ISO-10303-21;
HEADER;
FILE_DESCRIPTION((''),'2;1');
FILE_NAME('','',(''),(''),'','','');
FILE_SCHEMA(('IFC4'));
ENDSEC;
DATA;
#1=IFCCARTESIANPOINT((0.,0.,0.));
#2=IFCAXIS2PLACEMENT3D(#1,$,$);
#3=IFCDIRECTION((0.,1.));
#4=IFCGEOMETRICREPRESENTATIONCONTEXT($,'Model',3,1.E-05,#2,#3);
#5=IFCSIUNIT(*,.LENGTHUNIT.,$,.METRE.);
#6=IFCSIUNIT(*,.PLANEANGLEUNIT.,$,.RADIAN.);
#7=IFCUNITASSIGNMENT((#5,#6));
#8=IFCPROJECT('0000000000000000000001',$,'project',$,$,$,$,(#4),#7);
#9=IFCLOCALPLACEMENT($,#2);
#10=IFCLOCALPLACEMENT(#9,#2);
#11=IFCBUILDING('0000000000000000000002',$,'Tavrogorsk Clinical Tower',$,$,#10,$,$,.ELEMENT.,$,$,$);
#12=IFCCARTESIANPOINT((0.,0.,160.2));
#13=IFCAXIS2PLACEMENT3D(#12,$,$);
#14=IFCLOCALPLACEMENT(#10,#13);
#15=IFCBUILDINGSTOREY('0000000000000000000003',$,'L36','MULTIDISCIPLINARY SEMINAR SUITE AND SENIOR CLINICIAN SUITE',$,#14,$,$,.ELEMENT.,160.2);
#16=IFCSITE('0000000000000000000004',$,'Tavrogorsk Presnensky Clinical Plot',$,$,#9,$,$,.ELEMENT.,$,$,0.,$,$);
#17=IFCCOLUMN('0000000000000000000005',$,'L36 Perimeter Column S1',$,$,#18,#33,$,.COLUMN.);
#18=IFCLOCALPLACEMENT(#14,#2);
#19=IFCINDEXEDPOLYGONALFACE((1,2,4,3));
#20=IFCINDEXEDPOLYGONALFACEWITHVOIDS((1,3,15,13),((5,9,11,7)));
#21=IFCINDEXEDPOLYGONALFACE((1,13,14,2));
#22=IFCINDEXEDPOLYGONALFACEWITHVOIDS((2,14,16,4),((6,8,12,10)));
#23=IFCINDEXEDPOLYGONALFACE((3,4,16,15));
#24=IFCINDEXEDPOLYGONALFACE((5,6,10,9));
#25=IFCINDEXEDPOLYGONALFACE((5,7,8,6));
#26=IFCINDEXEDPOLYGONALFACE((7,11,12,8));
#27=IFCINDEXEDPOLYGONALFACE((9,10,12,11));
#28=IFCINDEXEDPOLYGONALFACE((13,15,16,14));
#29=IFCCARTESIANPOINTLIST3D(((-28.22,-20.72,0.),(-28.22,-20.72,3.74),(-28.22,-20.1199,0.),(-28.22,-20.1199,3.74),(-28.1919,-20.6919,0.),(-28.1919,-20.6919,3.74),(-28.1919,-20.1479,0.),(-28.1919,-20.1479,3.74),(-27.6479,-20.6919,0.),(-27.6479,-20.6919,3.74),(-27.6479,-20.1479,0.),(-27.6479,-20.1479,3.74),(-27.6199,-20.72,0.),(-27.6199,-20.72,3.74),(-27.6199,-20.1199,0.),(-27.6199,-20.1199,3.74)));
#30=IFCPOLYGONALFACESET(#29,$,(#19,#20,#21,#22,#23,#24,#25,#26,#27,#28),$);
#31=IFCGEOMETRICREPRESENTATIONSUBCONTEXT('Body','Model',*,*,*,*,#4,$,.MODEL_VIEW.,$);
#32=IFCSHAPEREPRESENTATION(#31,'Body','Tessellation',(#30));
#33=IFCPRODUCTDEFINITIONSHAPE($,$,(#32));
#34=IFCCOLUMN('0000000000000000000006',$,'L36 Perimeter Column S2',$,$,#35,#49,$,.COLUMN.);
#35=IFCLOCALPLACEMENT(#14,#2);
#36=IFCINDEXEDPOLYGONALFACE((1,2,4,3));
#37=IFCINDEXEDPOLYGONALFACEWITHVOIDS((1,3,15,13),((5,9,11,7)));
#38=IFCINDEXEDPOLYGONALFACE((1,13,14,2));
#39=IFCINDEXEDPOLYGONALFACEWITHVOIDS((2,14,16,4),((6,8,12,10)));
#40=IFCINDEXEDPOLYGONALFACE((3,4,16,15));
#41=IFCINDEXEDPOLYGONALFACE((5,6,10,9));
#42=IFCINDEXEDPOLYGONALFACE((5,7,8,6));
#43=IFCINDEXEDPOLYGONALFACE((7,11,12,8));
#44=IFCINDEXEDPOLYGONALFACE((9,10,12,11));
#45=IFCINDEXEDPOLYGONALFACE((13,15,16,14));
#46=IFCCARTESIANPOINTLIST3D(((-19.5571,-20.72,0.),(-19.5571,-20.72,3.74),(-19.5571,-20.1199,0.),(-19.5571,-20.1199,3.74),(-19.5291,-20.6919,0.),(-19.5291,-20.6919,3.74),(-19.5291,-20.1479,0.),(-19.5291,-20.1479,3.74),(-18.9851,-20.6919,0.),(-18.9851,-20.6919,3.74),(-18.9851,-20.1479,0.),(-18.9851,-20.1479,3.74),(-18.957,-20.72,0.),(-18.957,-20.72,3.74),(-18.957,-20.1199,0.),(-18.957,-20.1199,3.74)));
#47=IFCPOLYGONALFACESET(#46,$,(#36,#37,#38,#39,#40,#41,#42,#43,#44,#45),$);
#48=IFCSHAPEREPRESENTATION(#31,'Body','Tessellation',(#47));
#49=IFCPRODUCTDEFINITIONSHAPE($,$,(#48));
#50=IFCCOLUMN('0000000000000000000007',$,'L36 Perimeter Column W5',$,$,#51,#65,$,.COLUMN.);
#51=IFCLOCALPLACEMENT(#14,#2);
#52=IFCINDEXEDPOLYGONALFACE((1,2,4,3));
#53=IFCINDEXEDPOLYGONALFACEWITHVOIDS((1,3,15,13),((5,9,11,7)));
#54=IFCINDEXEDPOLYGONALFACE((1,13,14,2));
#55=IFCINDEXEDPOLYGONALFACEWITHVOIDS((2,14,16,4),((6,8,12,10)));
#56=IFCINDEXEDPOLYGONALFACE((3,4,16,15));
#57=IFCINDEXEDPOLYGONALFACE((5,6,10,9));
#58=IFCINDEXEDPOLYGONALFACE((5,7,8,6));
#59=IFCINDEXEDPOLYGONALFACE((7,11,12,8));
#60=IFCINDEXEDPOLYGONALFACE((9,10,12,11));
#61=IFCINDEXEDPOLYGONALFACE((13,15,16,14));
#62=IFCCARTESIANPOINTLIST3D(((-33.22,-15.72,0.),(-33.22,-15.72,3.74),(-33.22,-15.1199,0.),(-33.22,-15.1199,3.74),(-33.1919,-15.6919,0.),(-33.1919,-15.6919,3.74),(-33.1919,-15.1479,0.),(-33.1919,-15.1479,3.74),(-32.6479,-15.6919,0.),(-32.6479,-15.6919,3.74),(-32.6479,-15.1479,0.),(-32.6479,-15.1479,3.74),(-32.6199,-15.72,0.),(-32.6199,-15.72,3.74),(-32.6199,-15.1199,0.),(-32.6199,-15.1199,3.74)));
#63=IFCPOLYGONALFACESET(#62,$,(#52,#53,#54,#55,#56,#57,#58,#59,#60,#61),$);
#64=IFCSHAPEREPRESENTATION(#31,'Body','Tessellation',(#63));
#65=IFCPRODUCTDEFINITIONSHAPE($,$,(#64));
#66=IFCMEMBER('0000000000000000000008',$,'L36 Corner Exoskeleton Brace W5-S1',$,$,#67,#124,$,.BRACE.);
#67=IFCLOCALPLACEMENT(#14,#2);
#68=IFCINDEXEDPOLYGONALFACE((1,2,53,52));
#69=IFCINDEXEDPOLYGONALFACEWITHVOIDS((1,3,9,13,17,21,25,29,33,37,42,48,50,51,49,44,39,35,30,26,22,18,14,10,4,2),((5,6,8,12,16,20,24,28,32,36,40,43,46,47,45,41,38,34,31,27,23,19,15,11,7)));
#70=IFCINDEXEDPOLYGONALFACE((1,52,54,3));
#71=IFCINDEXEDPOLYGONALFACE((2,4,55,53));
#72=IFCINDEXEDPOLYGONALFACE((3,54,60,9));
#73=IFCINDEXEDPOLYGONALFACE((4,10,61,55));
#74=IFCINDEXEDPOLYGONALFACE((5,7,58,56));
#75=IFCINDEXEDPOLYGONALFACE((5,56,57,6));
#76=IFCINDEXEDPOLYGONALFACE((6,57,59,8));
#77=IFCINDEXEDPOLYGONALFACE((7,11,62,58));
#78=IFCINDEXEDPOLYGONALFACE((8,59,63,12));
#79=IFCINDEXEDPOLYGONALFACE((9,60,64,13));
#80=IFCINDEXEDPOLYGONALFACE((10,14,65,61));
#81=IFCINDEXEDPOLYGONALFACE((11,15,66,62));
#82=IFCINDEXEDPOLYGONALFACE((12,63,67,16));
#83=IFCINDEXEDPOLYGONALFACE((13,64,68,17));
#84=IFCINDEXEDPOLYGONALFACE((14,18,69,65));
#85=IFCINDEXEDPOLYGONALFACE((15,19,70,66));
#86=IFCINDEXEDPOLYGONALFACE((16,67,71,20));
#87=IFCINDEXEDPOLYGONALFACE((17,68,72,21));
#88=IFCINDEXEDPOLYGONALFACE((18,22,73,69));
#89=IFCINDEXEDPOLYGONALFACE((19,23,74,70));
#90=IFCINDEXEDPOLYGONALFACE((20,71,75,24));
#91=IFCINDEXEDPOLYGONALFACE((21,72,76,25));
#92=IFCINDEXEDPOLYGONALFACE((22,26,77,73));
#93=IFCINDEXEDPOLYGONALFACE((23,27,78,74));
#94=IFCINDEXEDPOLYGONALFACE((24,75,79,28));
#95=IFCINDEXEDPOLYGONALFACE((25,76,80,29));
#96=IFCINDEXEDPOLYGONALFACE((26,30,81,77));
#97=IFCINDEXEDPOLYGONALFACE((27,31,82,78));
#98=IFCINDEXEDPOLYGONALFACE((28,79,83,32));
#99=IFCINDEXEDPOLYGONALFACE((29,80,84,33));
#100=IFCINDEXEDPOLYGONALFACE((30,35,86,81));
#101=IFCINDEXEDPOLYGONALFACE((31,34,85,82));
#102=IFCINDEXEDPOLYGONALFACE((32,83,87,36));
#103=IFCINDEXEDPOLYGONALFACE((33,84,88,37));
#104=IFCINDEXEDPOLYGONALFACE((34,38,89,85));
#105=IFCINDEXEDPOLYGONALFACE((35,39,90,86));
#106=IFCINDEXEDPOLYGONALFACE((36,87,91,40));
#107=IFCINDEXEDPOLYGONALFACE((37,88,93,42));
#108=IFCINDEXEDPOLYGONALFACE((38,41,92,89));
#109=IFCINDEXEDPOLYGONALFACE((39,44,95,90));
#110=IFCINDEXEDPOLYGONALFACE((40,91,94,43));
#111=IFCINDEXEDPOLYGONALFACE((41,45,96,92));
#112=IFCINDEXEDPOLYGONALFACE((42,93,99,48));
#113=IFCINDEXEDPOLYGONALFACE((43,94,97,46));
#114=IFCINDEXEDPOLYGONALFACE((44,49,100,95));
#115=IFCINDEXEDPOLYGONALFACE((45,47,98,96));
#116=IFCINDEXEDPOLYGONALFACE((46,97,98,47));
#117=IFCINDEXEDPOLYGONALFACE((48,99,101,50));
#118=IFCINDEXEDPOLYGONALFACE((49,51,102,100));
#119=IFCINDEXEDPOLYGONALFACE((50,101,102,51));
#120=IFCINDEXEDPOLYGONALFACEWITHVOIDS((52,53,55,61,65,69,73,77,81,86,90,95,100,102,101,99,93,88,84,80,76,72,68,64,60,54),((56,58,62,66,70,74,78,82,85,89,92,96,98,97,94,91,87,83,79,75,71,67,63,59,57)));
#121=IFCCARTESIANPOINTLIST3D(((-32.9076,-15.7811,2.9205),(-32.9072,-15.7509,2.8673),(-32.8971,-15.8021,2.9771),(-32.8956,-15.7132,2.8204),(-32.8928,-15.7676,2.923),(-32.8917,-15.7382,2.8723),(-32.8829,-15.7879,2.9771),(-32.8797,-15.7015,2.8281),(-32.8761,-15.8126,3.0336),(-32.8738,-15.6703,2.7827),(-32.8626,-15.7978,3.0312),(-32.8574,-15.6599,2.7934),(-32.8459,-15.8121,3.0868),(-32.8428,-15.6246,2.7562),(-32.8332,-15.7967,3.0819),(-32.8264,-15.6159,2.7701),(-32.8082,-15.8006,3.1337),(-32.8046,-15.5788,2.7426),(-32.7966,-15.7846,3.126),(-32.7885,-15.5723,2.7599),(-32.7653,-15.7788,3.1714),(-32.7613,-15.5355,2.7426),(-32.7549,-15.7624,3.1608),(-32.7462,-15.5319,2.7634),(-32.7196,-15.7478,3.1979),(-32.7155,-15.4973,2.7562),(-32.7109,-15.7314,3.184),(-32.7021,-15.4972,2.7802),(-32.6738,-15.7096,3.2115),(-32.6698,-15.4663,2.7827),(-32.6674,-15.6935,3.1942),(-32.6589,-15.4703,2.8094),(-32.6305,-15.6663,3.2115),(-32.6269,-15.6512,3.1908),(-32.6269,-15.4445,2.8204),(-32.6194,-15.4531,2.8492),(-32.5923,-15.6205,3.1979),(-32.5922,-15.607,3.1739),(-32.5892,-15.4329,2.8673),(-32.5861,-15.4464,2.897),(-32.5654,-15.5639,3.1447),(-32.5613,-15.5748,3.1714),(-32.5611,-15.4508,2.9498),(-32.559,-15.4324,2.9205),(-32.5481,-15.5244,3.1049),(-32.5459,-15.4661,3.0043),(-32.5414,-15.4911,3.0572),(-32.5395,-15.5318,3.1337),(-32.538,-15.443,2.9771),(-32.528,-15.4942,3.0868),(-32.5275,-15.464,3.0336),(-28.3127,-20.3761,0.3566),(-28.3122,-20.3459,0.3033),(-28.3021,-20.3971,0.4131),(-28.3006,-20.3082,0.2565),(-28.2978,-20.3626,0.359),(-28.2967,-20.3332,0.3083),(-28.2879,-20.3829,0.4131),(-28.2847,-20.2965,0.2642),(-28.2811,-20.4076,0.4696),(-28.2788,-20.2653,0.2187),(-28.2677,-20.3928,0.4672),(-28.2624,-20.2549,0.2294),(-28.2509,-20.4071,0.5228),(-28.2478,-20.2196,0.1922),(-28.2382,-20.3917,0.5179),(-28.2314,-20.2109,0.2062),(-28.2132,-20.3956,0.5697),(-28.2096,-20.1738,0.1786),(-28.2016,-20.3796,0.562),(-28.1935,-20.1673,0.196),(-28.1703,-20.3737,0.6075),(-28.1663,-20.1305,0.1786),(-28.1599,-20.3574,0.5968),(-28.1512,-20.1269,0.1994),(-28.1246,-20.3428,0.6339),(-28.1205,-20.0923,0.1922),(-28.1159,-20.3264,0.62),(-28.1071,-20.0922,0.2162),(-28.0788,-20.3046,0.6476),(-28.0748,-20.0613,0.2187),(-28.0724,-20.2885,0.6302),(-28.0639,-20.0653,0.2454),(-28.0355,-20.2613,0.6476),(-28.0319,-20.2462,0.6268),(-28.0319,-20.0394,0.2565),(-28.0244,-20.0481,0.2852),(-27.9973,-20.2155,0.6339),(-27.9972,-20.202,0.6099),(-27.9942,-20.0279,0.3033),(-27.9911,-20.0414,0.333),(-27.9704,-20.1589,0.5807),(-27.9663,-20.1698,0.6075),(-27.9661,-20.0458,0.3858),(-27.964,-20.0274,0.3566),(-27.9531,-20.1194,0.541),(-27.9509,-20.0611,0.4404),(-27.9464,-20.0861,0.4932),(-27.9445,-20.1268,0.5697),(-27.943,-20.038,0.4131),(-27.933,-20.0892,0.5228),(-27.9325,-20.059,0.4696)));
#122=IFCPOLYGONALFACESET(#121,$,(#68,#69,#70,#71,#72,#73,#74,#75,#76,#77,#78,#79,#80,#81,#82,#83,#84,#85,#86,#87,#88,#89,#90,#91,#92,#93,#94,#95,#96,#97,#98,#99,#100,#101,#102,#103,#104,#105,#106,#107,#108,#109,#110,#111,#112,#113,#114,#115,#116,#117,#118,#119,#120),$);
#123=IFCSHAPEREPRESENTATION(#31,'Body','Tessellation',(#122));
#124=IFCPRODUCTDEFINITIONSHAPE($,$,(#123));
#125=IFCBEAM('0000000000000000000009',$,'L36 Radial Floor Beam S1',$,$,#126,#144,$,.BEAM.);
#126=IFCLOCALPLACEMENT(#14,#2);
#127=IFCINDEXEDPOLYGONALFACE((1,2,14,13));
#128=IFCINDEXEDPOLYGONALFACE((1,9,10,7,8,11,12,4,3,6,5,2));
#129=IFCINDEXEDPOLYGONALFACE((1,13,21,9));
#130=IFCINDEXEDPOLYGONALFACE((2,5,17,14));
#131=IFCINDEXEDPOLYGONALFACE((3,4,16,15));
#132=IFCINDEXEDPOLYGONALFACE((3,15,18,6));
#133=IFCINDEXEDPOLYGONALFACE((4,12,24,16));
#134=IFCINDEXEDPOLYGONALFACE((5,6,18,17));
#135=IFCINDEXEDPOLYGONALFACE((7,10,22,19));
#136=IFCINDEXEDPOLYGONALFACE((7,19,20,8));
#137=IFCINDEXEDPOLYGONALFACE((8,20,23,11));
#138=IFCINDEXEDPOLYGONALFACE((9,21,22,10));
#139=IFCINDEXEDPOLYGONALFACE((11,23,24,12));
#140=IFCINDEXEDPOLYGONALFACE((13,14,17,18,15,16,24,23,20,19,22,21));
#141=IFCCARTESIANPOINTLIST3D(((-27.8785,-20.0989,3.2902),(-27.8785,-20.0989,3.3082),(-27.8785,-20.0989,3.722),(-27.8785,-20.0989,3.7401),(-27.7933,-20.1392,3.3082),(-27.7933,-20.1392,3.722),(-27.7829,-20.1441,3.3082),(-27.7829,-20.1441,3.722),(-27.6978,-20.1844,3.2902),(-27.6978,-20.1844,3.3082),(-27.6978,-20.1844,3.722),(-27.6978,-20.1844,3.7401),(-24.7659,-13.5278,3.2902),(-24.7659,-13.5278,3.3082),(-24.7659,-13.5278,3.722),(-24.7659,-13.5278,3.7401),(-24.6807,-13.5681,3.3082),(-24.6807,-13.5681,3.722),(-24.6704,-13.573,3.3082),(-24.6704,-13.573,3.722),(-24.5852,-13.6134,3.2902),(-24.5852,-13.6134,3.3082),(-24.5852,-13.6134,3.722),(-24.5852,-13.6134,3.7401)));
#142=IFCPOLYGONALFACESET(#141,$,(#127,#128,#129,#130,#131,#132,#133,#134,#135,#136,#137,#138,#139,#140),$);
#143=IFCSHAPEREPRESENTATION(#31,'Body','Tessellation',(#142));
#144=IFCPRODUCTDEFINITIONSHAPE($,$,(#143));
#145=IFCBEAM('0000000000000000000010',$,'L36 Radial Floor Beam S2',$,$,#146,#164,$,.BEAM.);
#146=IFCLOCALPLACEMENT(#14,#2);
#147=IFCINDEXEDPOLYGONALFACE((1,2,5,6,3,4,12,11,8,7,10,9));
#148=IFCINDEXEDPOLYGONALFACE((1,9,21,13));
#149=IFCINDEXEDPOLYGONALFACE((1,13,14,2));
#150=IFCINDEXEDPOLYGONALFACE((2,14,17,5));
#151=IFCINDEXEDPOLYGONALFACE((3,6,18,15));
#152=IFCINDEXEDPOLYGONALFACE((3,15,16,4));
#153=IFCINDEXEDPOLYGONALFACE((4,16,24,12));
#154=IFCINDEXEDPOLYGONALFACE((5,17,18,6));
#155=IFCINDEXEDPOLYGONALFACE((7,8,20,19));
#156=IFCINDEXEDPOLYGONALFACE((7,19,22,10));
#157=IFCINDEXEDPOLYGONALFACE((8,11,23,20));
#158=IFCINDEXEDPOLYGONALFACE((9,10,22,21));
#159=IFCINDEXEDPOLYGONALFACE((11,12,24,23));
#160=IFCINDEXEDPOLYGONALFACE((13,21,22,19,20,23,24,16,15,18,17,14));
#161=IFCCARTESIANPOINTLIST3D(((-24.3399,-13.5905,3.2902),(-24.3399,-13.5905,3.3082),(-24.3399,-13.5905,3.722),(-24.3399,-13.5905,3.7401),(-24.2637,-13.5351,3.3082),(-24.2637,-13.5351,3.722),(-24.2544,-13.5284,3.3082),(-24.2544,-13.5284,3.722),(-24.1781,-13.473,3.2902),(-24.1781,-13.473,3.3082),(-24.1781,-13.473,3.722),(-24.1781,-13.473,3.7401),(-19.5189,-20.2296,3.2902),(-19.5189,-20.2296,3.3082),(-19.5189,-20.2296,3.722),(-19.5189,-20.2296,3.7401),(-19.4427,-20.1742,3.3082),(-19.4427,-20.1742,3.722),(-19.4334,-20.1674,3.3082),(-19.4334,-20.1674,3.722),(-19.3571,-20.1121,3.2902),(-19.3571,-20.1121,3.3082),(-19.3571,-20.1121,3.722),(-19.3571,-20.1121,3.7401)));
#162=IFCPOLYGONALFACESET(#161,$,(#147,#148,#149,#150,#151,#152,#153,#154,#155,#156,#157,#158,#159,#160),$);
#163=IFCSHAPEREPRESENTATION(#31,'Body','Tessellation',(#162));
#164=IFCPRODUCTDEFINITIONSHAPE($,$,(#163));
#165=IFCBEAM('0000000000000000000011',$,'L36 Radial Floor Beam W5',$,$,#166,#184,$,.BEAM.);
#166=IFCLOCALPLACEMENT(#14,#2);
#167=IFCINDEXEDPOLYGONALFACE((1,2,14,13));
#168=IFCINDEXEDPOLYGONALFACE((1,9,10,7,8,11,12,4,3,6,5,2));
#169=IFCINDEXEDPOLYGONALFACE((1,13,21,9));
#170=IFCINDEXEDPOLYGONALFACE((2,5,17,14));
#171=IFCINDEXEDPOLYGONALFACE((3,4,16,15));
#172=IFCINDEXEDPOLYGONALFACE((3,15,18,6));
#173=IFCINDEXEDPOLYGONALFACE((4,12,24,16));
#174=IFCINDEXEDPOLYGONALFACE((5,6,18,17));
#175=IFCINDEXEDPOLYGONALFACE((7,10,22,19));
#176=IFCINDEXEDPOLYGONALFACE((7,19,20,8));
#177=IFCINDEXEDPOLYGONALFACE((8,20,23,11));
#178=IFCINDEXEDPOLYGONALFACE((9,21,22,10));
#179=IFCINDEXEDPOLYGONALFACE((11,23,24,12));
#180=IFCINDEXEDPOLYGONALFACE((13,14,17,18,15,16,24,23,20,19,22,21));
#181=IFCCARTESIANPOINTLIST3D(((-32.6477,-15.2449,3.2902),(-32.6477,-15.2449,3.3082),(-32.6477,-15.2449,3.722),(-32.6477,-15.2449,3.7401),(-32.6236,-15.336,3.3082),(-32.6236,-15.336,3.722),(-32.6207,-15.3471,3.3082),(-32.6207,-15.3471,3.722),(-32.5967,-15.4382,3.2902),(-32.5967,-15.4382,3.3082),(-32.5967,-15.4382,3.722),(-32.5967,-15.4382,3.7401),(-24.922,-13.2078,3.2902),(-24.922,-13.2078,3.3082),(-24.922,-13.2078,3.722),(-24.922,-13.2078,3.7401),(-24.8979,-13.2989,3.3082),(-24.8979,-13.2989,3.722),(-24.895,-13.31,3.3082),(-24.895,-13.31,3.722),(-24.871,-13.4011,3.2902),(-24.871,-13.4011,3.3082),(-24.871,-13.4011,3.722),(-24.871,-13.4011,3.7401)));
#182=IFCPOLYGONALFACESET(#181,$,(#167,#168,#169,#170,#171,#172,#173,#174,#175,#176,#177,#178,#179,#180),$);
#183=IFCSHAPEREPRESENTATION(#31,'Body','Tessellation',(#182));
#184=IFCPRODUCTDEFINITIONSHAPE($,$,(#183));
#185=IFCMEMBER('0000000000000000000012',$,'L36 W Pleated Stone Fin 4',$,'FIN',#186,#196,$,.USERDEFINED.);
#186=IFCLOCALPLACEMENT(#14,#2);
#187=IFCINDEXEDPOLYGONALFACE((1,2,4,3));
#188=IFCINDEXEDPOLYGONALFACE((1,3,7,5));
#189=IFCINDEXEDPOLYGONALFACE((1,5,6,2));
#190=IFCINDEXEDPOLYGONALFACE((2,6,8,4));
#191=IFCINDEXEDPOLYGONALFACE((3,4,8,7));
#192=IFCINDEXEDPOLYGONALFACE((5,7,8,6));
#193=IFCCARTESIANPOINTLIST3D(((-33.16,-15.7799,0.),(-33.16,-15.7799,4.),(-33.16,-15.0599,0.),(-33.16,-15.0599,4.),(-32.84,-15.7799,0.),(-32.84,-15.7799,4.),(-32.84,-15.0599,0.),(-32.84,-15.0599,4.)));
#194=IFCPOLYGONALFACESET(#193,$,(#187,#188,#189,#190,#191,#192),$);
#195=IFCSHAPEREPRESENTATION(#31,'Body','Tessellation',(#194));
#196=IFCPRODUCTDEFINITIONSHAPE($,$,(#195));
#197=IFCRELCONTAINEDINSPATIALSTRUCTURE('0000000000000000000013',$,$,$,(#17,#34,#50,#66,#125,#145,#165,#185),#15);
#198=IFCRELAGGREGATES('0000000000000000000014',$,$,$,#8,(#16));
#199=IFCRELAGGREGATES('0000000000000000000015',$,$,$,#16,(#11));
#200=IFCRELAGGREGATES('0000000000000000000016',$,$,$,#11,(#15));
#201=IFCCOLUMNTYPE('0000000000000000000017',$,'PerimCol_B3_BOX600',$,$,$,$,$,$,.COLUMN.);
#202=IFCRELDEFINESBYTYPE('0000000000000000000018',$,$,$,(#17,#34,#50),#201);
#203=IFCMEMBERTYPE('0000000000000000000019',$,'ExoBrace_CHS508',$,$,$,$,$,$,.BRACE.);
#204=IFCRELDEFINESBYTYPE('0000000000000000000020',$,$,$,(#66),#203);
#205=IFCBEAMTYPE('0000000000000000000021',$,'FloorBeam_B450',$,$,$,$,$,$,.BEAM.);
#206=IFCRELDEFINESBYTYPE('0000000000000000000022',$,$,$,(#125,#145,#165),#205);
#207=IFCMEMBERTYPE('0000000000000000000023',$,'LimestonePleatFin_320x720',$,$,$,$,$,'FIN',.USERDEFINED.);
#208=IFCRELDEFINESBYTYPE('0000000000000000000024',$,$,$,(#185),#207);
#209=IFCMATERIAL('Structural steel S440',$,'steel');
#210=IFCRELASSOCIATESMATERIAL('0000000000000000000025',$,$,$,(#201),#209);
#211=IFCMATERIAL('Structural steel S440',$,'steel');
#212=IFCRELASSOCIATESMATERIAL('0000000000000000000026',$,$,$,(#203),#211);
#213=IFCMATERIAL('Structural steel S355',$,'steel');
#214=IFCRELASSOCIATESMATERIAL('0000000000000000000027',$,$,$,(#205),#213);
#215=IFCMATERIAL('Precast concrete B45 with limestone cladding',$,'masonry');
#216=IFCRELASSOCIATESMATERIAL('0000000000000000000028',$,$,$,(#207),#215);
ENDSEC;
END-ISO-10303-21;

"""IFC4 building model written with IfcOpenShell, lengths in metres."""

from ifc_helpers import new_model, si_unit, direction, frame, origin, origin_2d, place, context, subcontext, project, spatial, rectangle, hollow_rectangle, hollow_circle, i_section, extrude, material, material_profile, profile_set, type_object, element, save


model = new_model("IFC4")

# Units and contexts
model_context = context("Model", 3, precision=1e-05, world=origin(), true_north=direction((0.0, 1.0)))
body_context = subcontext(model_context, "Body", "Model", "MODEL_VIEW")
ifc_project = project(units=[si_unit("LENGTHUNIT", "METRE"), si_unit("PLANEANGLEUNIT", "RADIAN")], contexts=[model_context])

# Site, building, storey
site_placement = place(None, origin())
site = spatial("IfcSite", under=ifc_project, at=site_placement, Name="Tavrogorsk Presnensky Clinical Plot", CompositionType="ELEMENT", RefElevation=0.0)
building_placement = place(site_placement, origin())
building = spatial("IfcBuilding", under=site, at=building_placement, Name="Tavrogorsk Clinical Tower", CompositionType="ELEMENT")
storey_placement = place(building_placement, frame((0.0, 0.0, 160.2)))
storey = spatial("IfcBuildingStorey", under=building, at=storey_placement, Name="L36", Description="MULTIDISCIPLINARY SEMINAR SUITE AND SENIOR CLINICIAN SUITE", CompositionType="ELEMENT", Elevation=160.2)

# Columns
ifc_material_1 = material(Name="Structural steel S440", Category="steel")
ifc_material_profile_1 = material_profile(ifc_material_1, hollow_rectangle(XDim=0.6001, YDim=0.6001, WallThickness=0.0281, at=origin_2d()), Name="BOX-600x600x28")
ifc_profile_set_1 = profile_set([ifc_material_profile_1], Name="Structural steel S440")
column_type = type_object("IfcColumnType", Name="PerimCol_B3_BOX600", PredefinedType="COLUMN", material=ifc_profile_set_1)
for number, where, z_axis, x_axis, name in (
    (1, (-27.9199, -20.4199, 0.0), (0.0, 0.0, 1.0), (1.0, 0.0, 0.0), "L36 Perimeter Column S1"),
    (2, (-19.2571, -20.4199, 0.0), (0.0, 0.0, 1.0), (1.0, 0.0, 0.0), "L36 Perimeter Column S2"),
    (3, (-32.9199, -15.4199, 0.0), (0.0, 0.0, 1.0), (1.0, 0.0, 0.0), "L36 Perimeter Column W5"),
):
    element("IfcColumn", number, at=place(storey_placement, frame(where, z_axis=z_axis, x_axis=x_axis)), inside=storey, type_object=column_type, Name=name, PredefinedType="COLUMN", context=body_context, shape_type="SweptSolid", body=[
        extrude(hollow_rectangle(XDim=0.6001, YDim=0.6001, WallThickness=0.0281, at=origin_2d()), origin(), (0.0, 0.0, 1.0), 3.74),
    ])

# Member
ifc_material_2 = material(Name="Structural steel S440", Category="steel")
ifc_material_profile_2 = material_profile(ifc_material_2, hollow_circle(Radius=0.2539, WallThickness=0.02, at=origin_2d()), Name="CHS-508x20")
ifc_profile_set_2 = profile_set([ifc_material_profile_2], Name="Structural steel S440")
member_type_1 = type_object("IfcMemberType", Name="ExoBrace_CHS508", PredefinedType="BRACE", material=ifc_profile_set_2)
member_1_placement = place(storey_placement, frame((-28.1226, -20.2175, 0.4131), z_axis=(-0.657759, 0.657759, 0.367025), x_axis=(-0.707107, -0.707107, 0.0)))
element("IfcMember", 4, at=member_1_placement, inside=storey, type_object=member_type_1, Name="L36 Corner Exoskeleton Brace W5-S1", PredefinedType="BRACE", context=body_context, shape_type="SweptSolid", body=[
    extrude(hollow_circle(Radius=0.2539, WallThickness=0.02, at=origin_2d()), origin(), (0.0, 0.0, 1.0), 6.9858),
])

# Beams
ifc_material_3 = material(Name="Structural steel S355", Category="steel")
ifc_material_profile_3 = material_profile(ifc_material_3, i_section(OverallWidth=0.2, OverallDepth=0.45, WebThickness=0.0115, FlangeThickness=0.0181, at=origin_2d()), Name="B-450x200x11.5x18")
ifc_profile_set_3 = profile_set([ifc_material_profile_3], Name="Structural steel S355")
beam_type_1 = type_object("IfcBeamType", Name="FloorBeam_B450", PredefinedType="BEAM", material=ifc_profile_set_3)
beam_1_placement = place(storey_placement, frame((-24.6755, -13.5706, 3.5151), z_axis=(-0.428081, -0.903741, 0.0), x_axis=(0.903741, -0.428081, 0.0)))
element("IfcBeam", 5, at=beam_1_placement, inside=storey, type_object=beam_type_1, Name="L36 Radial Floor Beam S1", PredefinedType="BEAM", context=body_context, shape_type="SweptSolid", body=[
    extrude(i_section(OverallWidth=0.2, OverallDepth=0.45, WebThickness=0.0115, FlangeThickness=0.0181, at=origin_2d()), origin(), (0.0, 0.0, 1.0), 7.271),
])
beam_2_placement = place(storey_placement, frame((-24.259, -13.5317, 3.5151), z_axis=(0.587579, -0.809167, 0.0), x_axis=(0.809167, 0.587579, 0.0)))
element("IfcBeam", 6, at=beam_2_placement, inside=storey, type_object=beam_type_1, Name="L36 Radial Floor Beam S2", PredefinedType="BEAM", context=body_context, shape_type="SweptSolid", body=[
    extrude(i_section(OverallWidth=0.2, OverallDepth=0.45, WebThickness=0.0115, FlangeThickness=0.0181, at=origin_2d()), origin(), (0.0, 0.0, 1.0), 8.2048),
])
beam_3_placement = place(storey_placement, frame((-24.8965, -13.3044, 3.5151), z_axis=(-0.966949, -0.254969, 0.0), x_axis=(0.254969, -0.966949, 0.0)))
element("IfcBeam", 7, at=beam_3_placement, inside=storey, type_object=beam_type_1, Name="L36 Radial Floor Beam W5", PredefinedType="BEAM", context=body_context, shape_type="SweptSolid", body=[
    extrude(i_section(OverallWidth=0.2, OverallDepth=0.45, WebThickness=0.0115, FlangeThickness=0.0181, at=origin_2d()), origin(), (0.0, 0.0, 1.0), 7.9897),
])

# Member
ifc_material_4 = material(Name="Precast concrete B45 with limestone cladding", Category="masonry")
ifc_material_profile_4 = material_profile(ifc_material_4, rectangle(XDim=0.3201, YDim=0.72, at=origin_2d()), Name="LIMESTONE-FIN-320x720")
ifc_profile_set_4 = profile_set([ifc_material_profile_4], Name="Precast concrete B45 with limestone cladding")
member_type_2 = type_object("IfcMemberType", Name="LimestonePleatFin_320x720", ElementType="FIN", PredefinedType="USERDEFINED", material=ifc_profile_set_4)
member_2_placement = place(storey_placement, frame((-33.0, -15.4199, 0.0), z_axis=(0.0, 0.0, 1.0), x_axis=(1.0, 0.0, 0.0)))
element("IfcMember", 8, at=member_2_placement, inside=storey, type_object=member_type_2, Name="L36 W Pleated Stone Fin 4", ObjectType="FIN", PredefinedType="USERDEFINED", context=body_context, shape_type="SweptSolid", body=[
    extrude(rectangle(XDim=0.3201, YDim=0.72, at=origin_2d()), origin(), (0.0, 0.0, 1.0), 4.0),
])

save(model, "model.ifc")
